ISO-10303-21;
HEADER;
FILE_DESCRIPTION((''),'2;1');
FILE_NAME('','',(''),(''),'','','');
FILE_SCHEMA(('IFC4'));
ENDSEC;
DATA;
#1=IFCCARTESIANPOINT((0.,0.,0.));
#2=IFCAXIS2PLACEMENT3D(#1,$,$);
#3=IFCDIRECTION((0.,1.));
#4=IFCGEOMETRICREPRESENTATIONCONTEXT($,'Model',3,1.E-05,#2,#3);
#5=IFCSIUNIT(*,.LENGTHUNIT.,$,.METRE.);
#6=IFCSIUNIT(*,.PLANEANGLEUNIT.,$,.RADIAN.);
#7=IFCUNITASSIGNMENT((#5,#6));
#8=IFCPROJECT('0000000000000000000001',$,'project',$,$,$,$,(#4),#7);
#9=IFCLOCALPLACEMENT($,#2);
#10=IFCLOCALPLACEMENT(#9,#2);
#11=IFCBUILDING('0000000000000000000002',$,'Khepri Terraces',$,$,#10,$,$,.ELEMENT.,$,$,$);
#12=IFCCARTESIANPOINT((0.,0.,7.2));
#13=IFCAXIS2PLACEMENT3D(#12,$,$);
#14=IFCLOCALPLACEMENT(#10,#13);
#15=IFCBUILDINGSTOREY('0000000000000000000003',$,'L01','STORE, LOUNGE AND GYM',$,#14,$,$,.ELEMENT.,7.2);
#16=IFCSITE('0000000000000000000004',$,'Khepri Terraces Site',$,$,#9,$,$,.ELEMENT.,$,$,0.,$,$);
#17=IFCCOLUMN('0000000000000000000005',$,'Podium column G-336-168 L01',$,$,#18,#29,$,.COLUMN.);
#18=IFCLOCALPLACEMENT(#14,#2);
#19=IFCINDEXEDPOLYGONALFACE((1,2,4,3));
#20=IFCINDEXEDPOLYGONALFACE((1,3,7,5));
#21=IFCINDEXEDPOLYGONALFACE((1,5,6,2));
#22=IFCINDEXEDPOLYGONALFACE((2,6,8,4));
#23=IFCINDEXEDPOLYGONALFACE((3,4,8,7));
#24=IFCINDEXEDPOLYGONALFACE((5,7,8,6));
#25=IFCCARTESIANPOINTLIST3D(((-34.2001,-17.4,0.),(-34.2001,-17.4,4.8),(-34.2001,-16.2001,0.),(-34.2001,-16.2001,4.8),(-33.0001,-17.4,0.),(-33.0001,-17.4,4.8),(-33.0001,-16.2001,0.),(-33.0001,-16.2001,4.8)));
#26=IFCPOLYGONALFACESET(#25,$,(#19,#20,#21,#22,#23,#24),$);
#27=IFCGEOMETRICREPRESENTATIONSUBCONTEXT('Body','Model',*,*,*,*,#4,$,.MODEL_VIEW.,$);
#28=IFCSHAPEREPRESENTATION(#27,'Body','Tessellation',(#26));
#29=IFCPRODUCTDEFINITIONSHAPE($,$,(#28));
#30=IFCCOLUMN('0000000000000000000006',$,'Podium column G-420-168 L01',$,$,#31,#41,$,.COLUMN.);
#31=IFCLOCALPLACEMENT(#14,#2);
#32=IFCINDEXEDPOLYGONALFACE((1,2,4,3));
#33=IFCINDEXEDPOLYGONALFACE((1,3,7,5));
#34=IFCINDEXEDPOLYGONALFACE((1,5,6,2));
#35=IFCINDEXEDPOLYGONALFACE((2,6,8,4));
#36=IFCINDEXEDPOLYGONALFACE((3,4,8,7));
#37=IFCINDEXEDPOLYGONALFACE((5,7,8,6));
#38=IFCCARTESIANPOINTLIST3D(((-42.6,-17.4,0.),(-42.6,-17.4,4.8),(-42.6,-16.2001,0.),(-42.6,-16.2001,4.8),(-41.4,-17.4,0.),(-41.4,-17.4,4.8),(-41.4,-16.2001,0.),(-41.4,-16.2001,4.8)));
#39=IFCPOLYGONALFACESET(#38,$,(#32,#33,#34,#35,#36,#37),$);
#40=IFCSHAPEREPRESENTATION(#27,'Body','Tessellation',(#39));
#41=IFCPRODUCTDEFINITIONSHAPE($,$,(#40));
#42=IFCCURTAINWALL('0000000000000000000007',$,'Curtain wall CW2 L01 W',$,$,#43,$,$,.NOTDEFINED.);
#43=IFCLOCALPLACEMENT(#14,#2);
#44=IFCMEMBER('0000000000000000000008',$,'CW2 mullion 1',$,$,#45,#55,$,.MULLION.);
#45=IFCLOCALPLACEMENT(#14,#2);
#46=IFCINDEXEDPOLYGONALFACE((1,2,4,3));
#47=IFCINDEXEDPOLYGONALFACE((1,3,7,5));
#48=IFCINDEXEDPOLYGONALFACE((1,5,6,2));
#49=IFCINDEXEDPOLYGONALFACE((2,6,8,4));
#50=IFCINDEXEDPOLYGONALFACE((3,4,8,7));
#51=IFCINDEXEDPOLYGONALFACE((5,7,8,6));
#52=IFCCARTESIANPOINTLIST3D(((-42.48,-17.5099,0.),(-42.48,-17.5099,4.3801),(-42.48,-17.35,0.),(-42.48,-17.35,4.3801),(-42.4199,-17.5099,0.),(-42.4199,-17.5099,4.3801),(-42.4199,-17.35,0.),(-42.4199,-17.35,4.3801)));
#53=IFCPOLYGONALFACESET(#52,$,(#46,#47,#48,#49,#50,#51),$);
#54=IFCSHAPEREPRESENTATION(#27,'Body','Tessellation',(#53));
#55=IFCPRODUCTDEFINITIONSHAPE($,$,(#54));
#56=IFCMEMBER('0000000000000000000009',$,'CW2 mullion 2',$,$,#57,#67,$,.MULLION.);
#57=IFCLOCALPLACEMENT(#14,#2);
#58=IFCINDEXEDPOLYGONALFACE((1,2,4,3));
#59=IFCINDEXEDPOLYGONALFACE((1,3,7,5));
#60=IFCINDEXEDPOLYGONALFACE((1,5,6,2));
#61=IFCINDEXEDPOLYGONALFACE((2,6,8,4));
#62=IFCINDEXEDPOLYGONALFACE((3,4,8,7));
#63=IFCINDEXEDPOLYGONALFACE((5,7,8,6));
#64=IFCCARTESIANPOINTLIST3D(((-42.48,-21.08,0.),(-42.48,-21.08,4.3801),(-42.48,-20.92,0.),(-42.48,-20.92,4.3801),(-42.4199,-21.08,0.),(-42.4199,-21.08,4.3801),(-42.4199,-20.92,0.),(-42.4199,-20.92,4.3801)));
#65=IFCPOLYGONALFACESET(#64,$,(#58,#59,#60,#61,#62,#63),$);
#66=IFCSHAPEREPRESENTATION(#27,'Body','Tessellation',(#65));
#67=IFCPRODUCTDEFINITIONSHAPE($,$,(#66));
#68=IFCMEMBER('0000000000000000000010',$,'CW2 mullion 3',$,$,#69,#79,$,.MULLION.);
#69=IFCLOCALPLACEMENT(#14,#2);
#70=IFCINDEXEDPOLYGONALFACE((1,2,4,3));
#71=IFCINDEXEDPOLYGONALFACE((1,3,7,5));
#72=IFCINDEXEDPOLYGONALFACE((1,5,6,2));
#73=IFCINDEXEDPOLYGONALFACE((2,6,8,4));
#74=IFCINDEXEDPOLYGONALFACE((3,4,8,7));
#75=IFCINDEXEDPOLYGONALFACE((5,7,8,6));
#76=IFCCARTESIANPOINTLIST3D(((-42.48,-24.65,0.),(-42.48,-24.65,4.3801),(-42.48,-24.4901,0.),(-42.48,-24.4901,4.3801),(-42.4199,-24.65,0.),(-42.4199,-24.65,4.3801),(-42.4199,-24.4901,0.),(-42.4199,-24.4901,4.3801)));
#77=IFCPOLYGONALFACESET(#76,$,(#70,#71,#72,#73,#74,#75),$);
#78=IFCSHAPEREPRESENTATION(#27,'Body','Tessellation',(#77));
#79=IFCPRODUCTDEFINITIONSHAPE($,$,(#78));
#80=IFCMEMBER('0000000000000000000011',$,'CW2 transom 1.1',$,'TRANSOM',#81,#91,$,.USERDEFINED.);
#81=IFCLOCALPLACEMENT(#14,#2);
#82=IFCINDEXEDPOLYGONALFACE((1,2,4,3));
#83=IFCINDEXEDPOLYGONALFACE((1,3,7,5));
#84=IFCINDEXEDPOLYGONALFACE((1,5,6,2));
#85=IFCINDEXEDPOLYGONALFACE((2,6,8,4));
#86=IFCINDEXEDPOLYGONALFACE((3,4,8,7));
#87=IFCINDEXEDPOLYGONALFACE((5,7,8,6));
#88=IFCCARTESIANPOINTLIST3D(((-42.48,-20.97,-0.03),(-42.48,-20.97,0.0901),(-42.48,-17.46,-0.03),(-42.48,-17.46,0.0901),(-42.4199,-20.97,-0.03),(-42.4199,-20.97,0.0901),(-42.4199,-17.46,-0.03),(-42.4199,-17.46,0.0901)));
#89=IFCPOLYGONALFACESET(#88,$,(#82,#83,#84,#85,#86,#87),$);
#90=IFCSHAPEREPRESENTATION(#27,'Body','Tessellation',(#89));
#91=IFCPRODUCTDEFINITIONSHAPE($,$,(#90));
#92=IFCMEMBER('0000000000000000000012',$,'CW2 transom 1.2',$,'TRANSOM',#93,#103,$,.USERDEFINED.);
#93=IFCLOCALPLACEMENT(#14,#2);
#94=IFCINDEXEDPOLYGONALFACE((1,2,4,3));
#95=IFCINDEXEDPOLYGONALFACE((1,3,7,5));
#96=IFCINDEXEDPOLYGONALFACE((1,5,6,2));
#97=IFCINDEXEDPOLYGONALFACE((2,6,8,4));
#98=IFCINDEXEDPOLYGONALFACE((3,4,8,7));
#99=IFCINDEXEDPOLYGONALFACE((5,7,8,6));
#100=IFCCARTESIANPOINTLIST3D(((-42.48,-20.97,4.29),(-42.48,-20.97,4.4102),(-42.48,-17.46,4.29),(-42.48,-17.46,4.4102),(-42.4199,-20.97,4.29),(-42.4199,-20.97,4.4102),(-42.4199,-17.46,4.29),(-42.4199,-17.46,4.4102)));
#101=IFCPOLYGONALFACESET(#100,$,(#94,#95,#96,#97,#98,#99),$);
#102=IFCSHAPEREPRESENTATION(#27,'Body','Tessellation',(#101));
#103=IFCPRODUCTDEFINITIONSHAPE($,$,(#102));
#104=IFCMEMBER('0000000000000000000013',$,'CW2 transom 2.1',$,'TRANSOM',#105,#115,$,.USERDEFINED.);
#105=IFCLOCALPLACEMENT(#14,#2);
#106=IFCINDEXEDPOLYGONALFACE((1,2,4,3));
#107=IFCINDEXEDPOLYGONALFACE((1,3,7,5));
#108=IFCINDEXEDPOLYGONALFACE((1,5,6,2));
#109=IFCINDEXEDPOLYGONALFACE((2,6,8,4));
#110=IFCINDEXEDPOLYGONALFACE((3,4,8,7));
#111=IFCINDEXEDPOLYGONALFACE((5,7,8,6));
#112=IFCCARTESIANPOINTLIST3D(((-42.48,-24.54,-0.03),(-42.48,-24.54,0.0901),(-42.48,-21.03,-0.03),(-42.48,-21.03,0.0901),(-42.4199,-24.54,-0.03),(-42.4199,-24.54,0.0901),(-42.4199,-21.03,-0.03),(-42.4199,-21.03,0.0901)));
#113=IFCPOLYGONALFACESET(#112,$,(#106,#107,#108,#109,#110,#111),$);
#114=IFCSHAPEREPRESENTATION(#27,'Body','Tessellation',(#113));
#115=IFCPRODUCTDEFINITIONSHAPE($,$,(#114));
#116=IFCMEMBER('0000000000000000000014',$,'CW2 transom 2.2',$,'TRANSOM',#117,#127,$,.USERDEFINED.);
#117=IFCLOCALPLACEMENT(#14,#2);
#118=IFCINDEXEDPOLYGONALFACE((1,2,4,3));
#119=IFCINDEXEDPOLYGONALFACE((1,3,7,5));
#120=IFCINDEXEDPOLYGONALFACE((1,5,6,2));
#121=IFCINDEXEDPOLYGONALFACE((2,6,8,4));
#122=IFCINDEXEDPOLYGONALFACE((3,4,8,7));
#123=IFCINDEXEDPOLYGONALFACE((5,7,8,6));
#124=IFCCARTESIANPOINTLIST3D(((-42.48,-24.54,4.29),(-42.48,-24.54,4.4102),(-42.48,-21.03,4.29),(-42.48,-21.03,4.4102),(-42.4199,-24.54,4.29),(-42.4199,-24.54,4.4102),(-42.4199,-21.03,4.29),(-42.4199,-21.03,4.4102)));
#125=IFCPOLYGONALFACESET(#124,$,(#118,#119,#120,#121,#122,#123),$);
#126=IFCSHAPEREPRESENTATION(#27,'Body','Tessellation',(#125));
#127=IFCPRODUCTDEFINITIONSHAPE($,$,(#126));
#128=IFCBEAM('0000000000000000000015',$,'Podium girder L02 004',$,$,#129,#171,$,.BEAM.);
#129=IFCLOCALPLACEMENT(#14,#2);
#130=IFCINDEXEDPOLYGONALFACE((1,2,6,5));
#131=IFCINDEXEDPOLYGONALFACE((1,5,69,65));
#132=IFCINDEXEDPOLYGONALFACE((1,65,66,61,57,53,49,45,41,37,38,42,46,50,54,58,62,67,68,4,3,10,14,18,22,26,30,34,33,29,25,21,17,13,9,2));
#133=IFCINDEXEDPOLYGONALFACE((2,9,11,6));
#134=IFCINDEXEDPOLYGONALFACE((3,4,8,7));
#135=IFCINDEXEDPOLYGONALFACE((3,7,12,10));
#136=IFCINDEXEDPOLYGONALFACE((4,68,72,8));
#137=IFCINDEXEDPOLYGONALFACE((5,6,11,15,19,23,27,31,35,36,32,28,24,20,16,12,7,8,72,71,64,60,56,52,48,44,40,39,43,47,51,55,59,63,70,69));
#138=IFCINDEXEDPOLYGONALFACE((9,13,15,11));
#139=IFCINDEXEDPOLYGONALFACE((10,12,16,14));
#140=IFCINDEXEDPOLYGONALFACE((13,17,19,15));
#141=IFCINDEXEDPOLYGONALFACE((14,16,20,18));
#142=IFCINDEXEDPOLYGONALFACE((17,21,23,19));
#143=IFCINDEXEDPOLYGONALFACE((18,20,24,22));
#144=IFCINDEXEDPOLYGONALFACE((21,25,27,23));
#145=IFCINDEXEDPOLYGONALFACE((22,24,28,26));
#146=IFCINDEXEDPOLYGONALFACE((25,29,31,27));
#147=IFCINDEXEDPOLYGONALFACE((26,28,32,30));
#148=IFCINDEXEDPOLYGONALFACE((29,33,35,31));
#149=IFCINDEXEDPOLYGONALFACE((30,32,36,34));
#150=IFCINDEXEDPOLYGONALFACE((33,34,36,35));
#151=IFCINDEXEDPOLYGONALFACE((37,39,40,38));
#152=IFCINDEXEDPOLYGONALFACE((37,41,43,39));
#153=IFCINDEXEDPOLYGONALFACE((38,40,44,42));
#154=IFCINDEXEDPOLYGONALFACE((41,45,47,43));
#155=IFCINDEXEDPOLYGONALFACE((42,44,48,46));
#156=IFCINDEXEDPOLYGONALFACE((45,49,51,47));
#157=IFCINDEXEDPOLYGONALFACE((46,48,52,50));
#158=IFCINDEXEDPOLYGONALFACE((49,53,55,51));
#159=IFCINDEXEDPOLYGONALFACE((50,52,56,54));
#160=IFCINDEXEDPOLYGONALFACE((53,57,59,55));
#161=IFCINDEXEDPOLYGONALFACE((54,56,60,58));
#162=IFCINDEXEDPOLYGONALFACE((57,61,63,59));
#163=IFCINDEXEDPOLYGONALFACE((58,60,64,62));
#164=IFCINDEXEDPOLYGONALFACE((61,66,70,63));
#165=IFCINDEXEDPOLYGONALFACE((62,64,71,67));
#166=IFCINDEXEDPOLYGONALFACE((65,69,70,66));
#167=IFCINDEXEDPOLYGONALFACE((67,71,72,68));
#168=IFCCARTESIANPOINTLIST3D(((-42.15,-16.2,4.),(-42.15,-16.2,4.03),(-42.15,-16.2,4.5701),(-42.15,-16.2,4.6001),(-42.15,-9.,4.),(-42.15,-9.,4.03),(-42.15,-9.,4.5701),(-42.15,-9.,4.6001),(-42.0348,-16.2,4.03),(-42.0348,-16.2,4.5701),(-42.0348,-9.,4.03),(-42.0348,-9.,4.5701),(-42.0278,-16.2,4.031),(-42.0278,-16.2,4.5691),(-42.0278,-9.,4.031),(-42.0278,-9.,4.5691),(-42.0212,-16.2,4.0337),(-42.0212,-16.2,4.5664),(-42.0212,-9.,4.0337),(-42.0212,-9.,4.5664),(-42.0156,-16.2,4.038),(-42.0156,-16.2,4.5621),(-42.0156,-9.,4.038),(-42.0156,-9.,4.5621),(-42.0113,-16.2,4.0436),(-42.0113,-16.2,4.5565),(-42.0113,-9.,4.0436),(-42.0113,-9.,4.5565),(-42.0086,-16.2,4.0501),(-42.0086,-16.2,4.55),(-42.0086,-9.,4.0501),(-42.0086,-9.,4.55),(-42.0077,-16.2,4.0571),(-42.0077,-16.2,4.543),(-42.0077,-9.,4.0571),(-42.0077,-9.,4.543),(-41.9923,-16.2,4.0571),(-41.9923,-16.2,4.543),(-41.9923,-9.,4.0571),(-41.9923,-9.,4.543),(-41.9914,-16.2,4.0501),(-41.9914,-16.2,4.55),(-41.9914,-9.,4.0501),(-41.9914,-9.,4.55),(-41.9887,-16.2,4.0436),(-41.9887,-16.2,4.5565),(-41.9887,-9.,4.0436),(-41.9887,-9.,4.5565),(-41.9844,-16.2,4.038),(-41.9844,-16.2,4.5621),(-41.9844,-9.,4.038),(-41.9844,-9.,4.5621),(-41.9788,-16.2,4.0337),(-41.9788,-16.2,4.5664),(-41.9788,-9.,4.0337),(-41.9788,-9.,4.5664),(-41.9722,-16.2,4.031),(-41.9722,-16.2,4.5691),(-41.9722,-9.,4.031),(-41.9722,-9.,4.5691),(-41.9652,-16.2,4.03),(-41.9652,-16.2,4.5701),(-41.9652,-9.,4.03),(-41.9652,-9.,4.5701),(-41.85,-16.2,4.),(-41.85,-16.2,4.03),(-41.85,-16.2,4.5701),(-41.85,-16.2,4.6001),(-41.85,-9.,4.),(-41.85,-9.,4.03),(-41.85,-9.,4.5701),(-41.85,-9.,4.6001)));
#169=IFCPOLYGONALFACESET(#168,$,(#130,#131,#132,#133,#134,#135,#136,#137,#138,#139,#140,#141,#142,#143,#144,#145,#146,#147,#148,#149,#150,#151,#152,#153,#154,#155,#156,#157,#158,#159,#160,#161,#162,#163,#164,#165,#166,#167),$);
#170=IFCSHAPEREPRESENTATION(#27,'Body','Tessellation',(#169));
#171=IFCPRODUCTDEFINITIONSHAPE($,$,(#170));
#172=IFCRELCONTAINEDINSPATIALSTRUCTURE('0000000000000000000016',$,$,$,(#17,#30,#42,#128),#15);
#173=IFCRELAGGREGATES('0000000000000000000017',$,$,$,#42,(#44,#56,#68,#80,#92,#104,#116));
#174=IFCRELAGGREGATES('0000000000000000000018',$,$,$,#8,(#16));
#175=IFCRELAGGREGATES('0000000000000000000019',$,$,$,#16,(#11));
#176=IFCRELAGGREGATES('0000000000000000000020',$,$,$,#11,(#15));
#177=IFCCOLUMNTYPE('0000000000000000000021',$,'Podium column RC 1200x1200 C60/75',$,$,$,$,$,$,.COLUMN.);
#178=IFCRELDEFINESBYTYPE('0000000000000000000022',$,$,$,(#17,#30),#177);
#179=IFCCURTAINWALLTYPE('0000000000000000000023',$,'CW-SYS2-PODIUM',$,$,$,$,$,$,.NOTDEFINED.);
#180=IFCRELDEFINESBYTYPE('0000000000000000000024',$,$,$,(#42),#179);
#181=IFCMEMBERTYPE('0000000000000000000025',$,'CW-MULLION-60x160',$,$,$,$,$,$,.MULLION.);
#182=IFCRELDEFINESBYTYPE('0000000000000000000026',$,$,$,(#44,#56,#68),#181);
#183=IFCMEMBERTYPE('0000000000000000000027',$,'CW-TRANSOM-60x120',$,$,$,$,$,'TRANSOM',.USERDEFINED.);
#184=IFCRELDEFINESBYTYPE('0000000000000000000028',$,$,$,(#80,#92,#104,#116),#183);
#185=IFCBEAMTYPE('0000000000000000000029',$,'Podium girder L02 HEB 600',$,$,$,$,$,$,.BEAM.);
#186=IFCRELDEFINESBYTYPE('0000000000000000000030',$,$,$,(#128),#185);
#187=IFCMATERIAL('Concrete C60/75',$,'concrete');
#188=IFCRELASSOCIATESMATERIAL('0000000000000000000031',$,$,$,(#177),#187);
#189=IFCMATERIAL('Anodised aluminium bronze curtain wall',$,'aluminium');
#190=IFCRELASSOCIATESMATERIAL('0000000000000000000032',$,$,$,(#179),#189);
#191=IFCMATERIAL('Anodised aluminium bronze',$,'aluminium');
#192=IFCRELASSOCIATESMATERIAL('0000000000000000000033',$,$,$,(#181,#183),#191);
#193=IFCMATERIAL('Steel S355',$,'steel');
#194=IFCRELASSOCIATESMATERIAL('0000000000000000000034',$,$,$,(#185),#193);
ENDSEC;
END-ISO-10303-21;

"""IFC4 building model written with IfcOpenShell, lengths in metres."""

from ifc_helpers import new_model, si_unit, direction, frame, origin, origin_2d, place, context, subcontext, project, spatial, rectangle, i_section, extrude, material, material_profile, profile_set, type_object, element, aggregate, save


model = new_model("IFC4")

# Units and contexts
model_context = context("Model", 3, precision=1e-05, world=origin(), true_north=direction((0.0, 1.0)))
body_context = subcontext(model_context, "Body", "Model", "MODEL_VIEW")
ifc_project = project(units=[si_unit("LENGTHUNIT", "METRE"), si_unit("PLANEANGLEUNIT", "RADIAN")], contexts=[model_context])

# Site, building, storey
site_placement = place(None, origin())
site = spatial("IfcSite", under=ifc_project, at=site_placement, Name="Khepri Terraces Site", CompositionType="ELEMENT", RefElevation=0.0)
building_placement = place(site_placement, origin())
building = spatial("IfcBuilding", under=site, at=building_placement, Name="Khepri Terraces", CompositionType="ELEMENT")
storey_placement = place(building_placement, frame((0.0, 0.0, 7.2)))
storey = spatial("IfcBuildingStorey", under=building, at=storey_placement, Name="L01", Description="STORE, LOUNGE AND GYM", CompositionType="ELEMENT", Elevation=7.2)

# Columns
ifc_material_1 = material(Name="Concrete C60/75", Category="concrete")
ifc_material_profile_1 = material_profile(ifc_material_1, rectangle(XDim=1.2, YDim=1.2, at=origin_2d()), Name="Concrete C60/75", Category="concrete")
ifc_profile_set_1 = profile_set([ifc_material_profile_1], Name="Concrete C60/75")
column_type = type_object("IfcColumnType", Name="Podium column RC 1200x1200 C60/75", PredefinedType="COLUMN", material=ifc_profile_set_1)
for number, where, z_axis, x_axis, name in (
    (1, (-33.6001, -16.8, 0.0), (0.0, 0.0, 1.0), (1.0, 0.0, 0.0), "Podium column G-336-168 L01"),
    (2, (-42.0, -16.8, 0.0), (0.0, 0.0, 1.0), (1.0, 0.0, 0.0), "Podium column G-420-168 L01"),
):
    element("IfcColumn", number, at=place(storey_placement, frame(where, z_axis=z_axis, x_axis=x_axis)), inside=storey, type_object=column_type, Name=name, PredefinedType="COLUMN", context=body_context, shape_type="SweptSolid", body=[
        extrude(rectangle(XDim=1.2, YDim=1.2, at=origin_2d()), origin(), (0.0, 0.0, 1.0), 4.8),
    ])

# Curtain wall, members
ifc_material_2 = material(Name="Anodised aluminium bronze curtain wall", Category="aluminium")
curtain_wall_type = type_object("IfcCurtainWallType", Name="CW-SYS2-PODIUM", PredefinedType="NOTDEFINED", material=ifc_material_2)
curtain_wall_placement = place(storey_placement, origin())
curtain_wall = element("IfcCurtainWall", 3, at=curtain_wall_placement, inside=storey, type_object=curtain_wall_type, Name="Curtain wall CW2 L01 W", PredefinedType="NOTDEFINED")
ifc_material_3 = material(Name="Anodised aluminium bronze", Category="aluminium")
ifc_material_profile_2 = material_profile(ifc_material_3, rectangle(XDim=0.0601, YDim=0.1599, at=origin_2d()), Name="Anodised aluminium bronze", Category="aluminium")
ifc_profile_set_2 = profile_set([ifc_material_profile_2], Name="Anodised aluminium bronze")
member_type_1 = type_object("IfcMemberType", Name="CW-MULLION-60x160", PredefinedType="MULLION", material=ifc_profile_set_2)
member_1_placement = place(storey_placement, frame((-42.45, -17.4299, 0.0), z_axis=(0.0, 0.0, 1.0), x_axis=(1.0, 0.0, 0.0)))
member_1 = element("IfcMember", 4, at=member_1_placement, type_object=member_type_1, Name="CW2 mullion 1", PredefinedType="MULLION", context=body_context, shape_type="SweptSolid", body=[
    extrude(rectangle(XDim=0.0601, YDim=0.1599, at=origin_2d()), origin(), (0.0, 0.0, 1.0), 4.3801),
])
member_2_placement = place(storey_placement, frame((-42.45, -21.0, 0.0), z_axis=(0.0, 0.0, 1.0), x_axis=(1.0, 0.0, 0.0)))
member_2 = element("IfcMember", 5, at=member_2_placement, type_object=member_type_1, Name="CW2 mullion 2", PredefinedType="MULLION", context=body_context, shape_type="SweptSolid", body=[
    extrude(rectangle(XDim=0.0601, YDim=0.1599, at=origin_2d()), origin(), (0.0, 0.0, 1.0), 4.3801),
])
member_3_placement = place(storey_placement, frame((-42.45, -24.5701, 0.0), z_axis=(0.0, 0.0, 1.0), x_axis=(1.0, 0.0, 0.0)))
member_3 = element("IfcMember", 6, at=member_3_placement, type_object=member_type_1, Name="CW2 mullion 3", PredefinedType="MULLION", context=body_context, shape_type="SweptSolid", body=[
    extrude(rectangle(XDim=0.0601, YDim=0.1599, at=origin_2d()), origin(), (0.0, 0.0, 1.0), 4.3801),
])
ifc_material_profile_3 = material_profile(ifc_material_3, rectangle(XDim=0.0601, YDim=0.1201, at=origin_2d()), Name="Anodised aluminium bronze", Category="aluminium")
ifc_profile_set_3 = profile_set([ifc_material_profile_3], Name="Anodised aluminium bronze")
member_type_2 = type_object("IfcMemberType", Name="CW-TRANSOM-60x120", ElementType="TRANSOM", PredefinedType="USERDEFINED", material=ifc_profile_set_3)
member_4_placement = place(storey_placement, frame((-42.45, -17.46, 0.03), z_axis=(0.0, -1.0, 0.0), x_axis=(1.0, 0.0, 0.0)))
member_4 = element("IfcMember", 7, at=member_4_placement, type_object=member_type_2, Name="CW2 transom 1.1", ObjectType="TRANSOM", PredefinedType="USERDEFINED", context=body_context, shape_type="SweptSolid", body=[
    extrude(rectangle(XDim=0.0601, YDim=0.1201, at=origin_2d()), origin(), (0.0, 0.0, 1.0), 3.51),
])
member_5_placement = place(storey_placement, frame((-42.45, -17.46, 4.3501), z_axis=(0.0, -1.0, 0.0), x_axis=(1.0, 0.0, 0.0)))
member_5 = element("IfcMember", 8, at=member_5_placement, type_object=member_type_2, Name="CW2 transom 1.2", ObjectType="TRANSOM", PredefinedType="USERDEFINED", context=body_context, shape_type="SweptSolid", body=[
    extrude(rectangle(XDim=0.0601, YDim=0.1201, at=origin_2d()), origin(), (0.0, 0.0, 1.0), 3.51),
])
member_6_placement = place(storey_placement, frame((-42.45, -21.03, 0.03), z_axis=(0.0, -1.0, 0.0), x_axis=(1.0, 0.0, 0.0)))
member_6 = element("IfcMember", 9, at=member_6_placement, type_object=member_type_2, Name="CW2 transom 2.1", ObjectType="TRANSOM", PredefinedType="USERDEFINED", context=body_context, shape_type="SweptSolid", body=[
    extrude(rectangle(XDim=0.0601, YDim=0.1201, at=origin_2d()), origin(), (0.0, 0.0, 1.0), 3.51),
])
member_7_placement = place(storey_placement, frame((-42.45, -21.03, 4.3501), z_axis=(0.0, -1.0, 0.0), x_axis=(1.0, 0.0, 0.0)))
member_7 = element("IfcMember", 10, at=member_7_placement, type_object=member_type_2, Name="CW2 transom 2.2", ObjectType="TRANSOM", PredefinedType="USERDEFINED", context=body_context, shape_type="SweptSolid", body=[
    extrude(rectangle(XDim=0.0601, YDim=0.1201, at=origin_2d()), origin(), (0.0, 0.0, 1.0), 3.51),
])

# Beam
ifc_material_4 = material(Name="Steel S355", Category="steel")
ifc_material_profile_4 = material_profile(ifc_material_4, i_section(OverallWidth=0.3, OverallDepth=0.6001, WebThickness=0.0154, FlangeThickness=0.03, FilletRadius=0.0271, at=origin_2d()), Name="Steel S355", Category="steel")
ifc_profile_set_4 = profile_set([ifc_material_profile_4], Name="Steel S355")
beam_type_1 = type_object("IfcBeamType", Name="Podium girder L02 HEB 600", PredefinedType="BEAM", material=ifc_profile_set_4)
for number, where, z_axis, x_axis, name in (
    (11, (-42.0, -16.2, 4.3), (0.0, 1.0, 0.0), (-1.0, 0.0, 0.0), "Podium girder L02 004"),
):
    element("IfcBeam", number, at=place(storey_placement, frame(where, z_axis=z_axis, x_axis=x_axis)), inside=storey, type_object=beam_type_1, Name=name, PredefinedType="BEAM", context=body_context, shape_type="SweptSolid", body=[
        extrude(i_section(OverallWidth=0.3, OverallDepth=0.6001, WebThickness=0.0154, FlangeThickness=0.03, FilletRadius=0.0271, at=origin_2d()), origin(), (0.0, 0.0, 1.0), 7.2),
    ])

aggregate(curtain_wall, [member_1, member_2, member_3, member_4, member_5, member_6, member_7])

save(model, "model.ifc")
